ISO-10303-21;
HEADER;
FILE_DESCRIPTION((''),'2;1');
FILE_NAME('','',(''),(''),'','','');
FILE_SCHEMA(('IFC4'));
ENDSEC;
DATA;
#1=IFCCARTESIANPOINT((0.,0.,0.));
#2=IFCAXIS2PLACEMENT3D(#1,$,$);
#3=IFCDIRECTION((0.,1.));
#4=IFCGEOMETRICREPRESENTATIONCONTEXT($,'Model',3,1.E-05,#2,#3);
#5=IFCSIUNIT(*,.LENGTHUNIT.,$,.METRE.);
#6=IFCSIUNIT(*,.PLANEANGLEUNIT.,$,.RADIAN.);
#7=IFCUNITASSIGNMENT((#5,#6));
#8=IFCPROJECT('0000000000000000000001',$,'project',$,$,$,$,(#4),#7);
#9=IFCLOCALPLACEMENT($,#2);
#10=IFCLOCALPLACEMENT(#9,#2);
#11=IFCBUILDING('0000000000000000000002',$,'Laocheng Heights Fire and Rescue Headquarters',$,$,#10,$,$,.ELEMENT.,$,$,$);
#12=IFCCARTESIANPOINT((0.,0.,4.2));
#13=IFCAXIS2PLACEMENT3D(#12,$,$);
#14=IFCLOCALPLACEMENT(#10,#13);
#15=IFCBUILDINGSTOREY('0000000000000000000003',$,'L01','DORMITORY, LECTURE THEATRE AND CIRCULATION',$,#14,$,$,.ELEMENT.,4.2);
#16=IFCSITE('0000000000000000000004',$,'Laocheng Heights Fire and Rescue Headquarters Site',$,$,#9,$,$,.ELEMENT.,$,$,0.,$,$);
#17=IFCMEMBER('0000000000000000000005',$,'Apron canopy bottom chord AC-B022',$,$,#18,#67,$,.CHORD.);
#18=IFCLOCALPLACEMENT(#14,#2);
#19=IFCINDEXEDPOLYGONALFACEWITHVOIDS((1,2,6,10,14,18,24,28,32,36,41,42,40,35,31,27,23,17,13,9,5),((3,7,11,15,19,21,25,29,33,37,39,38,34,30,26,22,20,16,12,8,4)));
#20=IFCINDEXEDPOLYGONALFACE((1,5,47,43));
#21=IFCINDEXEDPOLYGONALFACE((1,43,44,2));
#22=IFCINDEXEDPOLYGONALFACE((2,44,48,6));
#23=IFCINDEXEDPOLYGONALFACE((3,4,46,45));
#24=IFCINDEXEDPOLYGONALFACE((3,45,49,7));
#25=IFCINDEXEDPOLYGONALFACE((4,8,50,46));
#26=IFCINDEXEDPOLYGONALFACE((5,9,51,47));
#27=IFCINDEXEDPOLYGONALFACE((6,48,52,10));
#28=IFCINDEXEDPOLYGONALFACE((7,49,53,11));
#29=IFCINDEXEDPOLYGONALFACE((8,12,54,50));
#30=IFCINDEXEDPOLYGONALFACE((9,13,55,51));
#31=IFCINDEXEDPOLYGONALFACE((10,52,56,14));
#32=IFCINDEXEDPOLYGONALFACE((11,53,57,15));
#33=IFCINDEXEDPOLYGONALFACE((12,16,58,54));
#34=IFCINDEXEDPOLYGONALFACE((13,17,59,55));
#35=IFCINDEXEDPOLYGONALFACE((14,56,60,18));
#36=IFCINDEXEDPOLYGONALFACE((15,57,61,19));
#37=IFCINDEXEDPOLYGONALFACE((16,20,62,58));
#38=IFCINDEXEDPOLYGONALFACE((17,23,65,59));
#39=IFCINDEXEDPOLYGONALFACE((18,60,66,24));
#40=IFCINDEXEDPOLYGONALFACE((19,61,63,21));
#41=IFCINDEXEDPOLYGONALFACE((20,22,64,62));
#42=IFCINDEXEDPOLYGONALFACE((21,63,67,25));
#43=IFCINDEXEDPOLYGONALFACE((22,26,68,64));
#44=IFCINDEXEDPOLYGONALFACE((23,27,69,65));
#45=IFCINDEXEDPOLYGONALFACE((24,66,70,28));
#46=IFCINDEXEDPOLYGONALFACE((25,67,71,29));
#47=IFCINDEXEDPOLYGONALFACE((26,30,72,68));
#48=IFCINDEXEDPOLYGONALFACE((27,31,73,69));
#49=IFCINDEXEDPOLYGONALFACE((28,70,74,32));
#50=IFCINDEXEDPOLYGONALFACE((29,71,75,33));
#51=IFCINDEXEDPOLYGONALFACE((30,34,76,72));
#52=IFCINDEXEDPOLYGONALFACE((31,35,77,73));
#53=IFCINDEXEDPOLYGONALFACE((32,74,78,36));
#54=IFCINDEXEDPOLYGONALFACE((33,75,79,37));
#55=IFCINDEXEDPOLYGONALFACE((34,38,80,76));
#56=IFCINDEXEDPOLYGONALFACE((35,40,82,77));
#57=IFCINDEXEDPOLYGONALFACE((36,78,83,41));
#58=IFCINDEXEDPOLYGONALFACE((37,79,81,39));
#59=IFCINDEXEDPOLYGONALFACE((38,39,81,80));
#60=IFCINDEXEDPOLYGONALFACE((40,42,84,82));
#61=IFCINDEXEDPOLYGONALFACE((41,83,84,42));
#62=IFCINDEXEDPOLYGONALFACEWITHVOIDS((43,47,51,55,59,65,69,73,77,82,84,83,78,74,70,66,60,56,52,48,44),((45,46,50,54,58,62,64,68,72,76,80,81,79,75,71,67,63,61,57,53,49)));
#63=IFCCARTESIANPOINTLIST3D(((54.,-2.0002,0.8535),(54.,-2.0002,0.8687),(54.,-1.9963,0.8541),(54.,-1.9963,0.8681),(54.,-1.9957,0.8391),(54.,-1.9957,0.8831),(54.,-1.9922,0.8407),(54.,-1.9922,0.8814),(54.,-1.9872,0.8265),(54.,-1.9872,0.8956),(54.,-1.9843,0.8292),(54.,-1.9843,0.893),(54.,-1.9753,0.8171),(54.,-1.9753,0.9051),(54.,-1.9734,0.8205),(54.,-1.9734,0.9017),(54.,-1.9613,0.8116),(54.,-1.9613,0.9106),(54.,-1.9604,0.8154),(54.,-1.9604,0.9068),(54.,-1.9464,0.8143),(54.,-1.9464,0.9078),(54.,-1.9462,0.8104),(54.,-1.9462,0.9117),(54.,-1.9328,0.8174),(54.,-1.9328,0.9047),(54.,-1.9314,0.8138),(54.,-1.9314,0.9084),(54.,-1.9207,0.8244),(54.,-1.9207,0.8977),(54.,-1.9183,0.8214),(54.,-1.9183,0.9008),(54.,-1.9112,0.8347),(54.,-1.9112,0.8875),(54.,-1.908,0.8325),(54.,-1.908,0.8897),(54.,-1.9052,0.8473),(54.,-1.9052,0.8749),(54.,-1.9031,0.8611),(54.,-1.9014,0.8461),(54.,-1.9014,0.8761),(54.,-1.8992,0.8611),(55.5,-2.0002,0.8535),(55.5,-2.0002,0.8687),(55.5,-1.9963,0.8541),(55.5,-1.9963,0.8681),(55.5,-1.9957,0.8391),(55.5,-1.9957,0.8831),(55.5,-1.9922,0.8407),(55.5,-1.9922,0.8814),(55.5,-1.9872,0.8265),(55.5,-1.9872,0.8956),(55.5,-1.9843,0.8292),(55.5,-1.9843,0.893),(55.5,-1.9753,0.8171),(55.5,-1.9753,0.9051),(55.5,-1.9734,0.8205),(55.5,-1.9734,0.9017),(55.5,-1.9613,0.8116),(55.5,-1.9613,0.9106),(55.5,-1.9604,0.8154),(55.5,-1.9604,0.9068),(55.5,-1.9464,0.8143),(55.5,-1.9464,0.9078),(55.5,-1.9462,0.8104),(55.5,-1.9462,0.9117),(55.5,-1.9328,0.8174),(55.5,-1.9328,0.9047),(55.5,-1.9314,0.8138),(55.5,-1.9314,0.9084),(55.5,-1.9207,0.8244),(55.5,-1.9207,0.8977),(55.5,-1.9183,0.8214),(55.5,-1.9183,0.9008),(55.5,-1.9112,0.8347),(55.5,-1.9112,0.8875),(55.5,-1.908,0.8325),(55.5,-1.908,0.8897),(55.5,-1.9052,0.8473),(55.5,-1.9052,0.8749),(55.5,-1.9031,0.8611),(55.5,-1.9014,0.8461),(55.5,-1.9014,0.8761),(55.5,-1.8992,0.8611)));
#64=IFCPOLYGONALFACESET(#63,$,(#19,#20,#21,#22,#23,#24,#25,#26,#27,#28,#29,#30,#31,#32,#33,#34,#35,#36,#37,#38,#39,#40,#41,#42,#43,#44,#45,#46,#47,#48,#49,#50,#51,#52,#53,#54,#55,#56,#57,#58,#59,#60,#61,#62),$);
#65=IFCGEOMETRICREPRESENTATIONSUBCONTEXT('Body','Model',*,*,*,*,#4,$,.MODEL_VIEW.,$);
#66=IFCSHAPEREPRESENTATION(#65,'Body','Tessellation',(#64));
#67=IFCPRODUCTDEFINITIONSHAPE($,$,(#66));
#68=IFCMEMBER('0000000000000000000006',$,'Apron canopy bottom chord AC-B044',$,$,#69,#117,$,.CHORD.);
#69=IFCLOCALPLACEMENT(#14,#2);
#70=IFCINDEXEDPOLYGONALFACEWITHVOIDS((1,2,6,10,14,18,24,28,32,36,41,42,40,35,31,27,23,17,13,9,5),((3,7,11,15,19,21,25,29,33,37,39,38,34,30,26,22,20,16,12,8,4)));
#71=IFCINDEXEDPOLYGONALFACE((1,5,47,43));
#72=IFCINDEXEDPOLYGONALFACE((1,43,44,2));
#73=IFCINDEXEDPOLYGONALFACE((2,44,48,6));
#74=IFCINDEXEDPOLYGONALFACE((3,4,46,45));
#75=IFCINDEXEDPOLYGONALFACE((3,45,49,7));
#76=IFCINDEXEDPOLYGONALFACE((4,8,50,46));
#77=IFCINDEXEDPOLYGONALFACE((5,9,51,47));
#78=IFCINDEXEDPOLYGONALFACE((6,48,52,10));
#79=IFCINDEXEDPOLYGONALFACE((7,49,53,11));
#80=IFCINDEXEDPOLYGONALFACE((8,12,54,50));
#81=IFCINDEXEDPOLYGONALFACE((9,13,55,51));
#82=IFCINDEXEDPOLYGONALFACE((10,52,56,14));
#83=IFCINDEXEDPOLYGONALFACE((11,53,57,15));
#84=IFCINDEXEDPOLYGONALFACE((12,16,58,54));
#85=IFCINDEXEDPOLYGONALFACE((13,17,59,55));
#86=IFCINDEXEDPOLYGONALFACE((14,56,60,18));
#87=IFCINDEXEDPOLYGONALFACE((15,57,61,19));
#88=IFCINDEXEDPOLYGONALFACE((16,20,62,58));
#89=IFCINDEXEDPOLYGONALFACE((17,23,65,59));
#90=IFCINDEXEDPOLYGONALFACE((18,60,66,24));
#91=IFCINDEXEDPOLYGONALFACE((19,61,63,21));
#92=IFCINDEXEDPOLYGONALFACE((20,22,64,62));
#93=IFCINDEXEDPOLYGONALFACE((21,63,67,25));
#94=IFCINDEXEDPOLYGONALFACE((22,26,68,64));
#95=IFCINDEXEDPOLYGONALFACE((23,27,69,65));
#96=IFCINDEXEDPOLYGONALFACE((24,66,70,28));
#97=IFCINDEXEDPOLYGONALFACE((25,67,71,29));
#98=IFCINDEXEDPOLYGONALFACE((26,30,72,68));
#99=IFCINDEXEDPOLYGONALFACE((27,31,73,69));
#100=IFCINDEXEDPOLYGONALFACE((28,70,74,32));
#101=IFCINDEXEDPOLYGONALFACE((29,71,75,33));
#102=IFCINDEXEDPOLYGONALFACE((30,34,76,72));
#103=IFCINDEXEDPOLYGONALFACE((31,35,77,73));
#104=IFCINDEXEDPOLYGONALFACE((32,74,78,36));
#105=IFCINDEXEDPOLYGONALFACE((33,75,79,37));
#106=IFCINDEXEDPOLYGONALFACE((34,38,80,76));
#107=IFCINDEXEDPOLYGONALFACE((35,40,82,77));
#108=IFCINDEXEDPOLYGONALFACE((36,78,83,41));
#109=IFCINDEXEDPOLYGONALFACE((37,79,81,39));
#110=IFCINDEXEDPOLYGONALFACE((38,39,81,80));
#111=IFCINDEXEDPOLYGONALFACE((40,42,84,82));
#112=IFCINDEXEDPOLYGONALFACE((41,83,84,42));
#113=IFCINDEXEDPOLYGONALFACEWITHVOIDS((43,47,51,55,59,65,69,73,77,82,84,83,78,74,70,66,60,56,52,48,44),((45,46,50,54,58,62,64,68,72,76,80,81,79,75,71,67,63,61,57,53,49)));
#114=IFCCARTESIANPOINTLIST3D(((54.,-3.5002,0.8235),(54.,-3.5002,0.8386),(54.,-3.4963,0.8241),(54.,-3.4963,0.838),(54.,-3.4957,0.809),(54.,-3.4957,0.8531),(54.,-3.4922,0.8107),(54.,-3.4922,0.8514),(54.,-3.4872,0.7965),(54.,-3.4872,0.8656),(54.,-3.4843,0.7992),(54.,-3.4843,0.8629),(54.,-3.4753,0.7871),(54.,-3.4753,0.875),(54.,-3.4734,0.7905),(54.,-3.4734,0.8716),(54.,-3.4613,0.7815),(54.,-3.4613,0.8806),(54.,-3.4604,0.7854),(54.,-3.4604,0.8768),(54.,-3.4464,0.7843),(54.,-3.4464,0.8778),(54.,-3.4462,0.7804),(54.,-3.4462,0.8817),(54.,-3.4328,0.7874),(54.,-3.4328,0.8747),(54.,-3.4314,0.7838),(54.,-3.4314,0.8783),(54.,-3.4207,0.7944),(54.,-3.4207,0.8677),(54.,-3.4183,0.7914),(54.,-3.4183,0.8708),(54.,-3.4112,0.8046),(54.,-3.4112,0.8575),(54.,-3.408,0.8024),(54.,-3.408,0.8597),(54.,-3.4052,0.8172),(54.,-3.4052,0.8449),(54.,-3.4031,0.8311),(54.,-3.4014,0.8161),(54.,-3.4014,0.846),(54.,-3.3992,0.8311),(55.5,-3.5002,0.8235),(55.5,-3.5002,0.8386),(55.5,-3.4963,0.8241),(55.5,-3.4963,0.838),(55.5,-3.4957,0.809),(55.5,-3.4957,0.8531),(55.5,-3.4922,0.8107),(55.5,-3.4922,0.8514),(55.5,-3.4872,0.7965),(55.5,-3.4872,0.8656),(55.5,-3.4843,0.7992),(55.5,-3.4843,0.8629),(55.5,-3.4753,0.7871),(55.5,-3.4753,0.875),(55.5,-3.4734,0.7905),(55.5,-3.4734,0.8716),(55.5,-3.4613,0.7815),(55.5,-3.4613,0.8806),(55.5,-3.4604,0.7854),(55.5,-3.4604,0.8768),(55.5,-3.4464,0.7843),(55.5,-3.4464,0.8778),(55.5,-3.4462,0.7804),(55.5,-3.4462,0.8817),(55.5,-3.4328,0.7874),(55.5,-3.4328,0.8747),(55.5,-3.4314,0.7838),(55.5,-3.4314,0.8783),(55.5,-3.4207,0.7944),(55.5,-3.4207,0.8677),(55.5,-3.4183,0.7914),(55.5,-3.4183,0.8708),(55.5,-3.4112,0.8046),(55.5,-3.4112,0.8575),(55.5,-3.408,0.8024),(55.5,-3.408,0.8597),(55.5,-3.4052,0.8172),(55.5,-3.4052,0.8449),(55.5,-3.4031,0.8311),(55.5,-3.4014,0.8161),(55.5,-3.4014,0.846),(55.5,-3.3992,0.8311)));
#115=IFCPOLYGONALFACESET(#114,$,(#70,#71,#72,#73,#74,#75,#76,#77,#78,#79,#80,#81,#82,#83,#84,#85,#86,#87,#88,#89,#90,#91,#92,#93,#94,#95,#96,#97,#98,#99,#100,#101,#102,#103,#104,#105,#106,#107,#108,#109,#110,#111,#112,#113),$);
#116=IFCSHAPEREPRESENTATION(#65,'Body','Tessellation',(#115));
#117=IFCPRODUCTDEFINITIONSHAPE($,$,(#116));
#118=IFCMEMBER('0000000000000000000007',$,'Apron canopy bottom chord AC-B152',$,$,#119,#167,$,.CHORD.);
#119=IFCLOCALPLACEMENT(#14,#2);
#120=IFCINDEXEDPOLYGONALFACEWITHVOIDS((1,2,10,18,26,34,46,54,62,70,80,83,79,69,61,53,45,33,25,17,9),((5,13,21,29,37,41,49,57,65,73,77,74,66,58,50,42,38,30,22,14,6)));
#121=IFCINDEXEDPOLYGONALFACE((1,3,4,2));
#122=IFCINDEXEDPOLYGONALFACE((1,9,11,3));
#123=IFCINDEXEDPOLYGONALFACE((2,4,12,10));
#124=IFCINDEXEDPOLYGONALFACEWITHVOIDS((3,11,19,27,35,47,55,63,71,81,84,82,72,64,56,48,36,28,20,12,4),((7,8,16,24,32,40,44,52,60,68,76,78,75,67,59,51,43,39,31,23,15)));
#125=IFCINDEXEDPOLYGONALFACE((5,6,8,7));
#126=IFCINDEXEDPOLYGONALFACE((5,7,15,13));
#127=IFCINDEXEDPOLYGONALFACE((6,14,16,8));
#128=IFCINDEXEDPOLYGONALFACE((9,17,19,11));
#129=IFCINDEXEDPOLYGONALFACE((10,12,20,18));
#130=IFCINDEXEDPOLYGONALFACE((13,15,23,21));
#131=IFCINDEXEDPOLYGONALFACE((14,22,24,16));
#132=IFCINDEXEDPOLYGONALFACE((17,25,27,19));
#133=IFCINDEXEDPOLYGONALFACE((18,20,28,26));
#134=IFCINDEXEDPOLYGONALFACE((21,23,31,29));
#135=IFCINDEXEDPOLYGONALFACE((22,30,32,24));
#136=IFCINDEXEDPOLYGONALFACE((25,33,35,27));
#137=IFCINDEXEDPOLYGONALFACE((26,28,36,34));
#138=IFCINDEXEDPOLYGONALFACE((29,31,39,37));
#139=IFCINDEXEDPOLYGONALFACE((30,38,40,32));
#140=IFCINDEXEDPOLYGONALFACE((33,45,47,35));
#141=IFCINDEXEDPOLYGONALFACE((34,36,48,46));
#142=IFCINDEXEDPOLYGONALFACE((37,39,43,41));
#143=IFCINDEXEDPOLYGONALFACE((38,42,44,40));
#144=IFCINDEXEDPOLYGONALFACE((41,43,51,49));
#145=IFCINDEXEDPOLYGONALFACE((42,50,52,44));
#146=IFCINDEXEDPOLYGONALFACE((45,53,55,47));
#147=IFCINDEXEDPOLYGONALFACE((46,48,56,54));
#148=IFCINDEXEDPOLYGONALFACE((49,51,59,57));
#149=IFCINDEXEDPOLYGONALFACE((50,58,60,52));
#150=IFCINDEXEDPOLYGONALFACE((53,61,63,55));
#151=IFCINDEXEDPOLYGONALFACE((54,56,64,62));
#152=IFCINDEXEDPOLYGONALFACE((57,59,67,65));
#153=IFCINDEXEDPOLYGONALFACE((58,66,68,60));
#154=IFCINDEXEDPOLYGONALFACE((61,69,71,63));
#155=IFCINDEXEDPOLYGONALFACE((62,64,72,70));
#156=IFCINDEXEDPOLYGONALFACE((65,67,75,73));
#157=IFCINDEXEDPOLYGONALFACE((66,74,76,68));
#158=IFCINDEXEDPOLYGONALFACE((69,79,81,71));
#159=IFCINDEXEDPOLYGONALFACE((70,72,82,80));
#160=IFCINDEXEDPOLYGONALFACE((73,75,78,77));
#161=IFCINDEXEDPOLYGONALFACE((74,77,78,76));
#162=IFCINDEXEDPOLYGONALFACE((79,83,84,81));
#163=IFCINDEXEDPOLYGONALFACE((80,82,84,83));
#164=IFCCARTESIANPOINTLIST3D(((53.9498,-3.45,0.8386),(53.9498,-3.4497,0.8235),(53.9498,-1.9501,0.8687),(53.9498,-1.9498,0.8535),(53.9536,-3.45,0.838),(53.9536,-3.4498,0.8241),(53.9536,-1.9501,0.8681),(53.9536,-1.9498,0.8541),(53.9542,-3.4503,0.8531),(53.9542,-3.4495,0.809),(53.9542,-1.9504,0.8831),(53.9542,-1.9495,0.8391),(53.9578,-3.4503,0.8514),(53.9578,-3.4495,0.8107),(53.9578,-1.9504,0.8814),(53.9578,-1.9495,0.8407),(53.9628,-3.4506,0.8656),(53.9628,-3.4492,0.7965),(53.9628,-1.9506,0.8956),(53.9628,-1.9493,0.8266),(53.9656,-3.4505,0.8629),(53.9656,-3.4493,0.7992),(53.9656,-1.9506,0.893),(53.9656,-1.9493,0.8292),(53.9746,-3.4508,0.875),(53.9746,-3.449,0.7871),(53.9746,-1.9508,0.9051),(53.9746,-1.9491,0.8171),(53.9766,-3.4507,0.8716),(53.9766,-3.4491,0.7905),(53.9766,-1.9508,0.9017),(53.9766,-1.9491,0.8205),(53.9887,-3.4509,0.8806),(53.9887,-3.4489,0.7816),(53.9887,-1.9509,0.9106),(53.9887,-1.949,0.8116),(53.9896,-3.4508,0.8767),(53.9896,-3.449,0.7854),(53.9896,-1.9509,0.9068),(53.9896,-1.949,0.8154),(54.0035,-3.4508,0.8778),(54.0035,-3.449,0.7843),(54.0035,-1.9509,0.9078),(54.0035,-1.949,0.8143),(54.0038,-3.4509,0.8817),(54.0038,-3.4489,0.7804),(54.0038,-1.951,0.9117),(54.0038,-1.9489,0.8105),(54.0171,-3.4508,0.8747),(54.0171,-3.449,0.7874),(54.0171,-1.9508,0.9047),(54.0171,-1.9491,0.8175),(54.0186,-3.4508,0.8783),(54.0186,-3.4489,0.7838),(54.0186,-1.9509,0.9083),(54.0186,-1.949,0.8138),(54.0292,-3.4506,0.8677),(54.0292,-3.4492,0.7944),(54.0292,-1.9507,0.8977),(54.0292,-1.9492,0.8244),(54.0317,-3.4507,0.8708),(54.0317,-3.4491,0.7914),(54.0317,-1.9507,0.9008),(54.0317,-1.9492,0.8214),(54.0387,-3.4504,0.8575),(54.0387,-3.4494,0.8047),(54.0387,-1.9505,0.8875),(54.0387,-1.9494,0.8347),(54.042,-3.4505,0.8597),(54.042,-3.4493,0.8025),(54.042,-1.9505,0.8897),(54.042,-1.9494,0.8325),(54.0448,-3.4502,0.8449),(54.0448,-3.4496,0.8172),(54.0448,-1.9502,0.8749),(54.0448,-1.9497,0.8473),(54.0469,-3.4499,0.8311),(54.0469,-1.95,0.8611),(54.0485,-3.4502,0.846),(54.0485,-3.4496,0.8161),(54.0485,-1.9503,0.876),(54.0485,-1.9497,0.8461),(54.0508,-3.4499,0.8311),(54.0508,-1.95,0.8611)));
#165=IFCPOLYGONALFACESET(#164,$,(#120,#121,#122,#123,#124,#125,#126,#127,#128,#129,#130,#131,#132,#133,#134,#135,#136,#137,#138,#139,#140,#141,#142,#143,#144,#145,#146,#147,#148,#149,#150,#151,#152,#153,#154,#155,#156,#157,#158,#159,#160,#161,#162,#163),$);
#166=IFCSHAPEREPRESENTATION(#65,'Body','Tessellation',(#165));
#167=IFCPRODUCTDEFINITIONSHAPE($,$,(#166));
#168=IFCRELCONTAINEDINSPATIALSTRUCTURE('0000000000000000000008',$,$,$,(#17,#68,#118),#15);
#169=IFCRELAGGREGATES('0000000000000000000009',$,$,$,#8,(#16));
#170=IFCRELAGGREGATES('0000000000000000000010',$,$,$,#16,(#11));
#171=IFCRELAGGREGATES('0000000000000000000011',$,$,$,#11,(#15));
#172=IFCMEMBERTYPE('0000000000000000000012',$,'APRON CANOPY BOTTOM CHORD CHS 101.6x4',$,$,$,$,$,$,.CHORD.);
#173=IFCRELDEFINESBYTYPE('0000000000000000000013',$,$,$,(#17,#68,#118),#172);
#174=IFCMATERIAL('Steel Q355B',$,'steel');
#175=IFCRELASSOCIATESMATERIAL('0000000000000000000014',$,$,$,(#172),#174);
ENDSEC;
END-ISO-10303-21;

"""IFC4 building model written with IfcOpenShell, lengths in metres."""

from ifc_helpers import new_model, si_unit, direction, frame, origin, origin_2d, place, context, subcontext, project, spatial, hollow_circle, extrude, material, material_profile, profile_set, type_object, element, save


model = new_model("IFC4")

# Units and contexts
model_context = context("Model", 3, precision=1e-05, world=origin(), true_north=direction((0.0, 1.0)))
body_context = subcontext(model_context, "Body", "Model", "MODEL_VIEW")
ifc_project = project(units=[si_unit("LENGTHUNIT", "METRE"), si_unit("PLANEANGLEUNIT", "RADIAN")], contexts=[model_context])

# Site, building, storey
site_placement = place(None, origin())
site = spatial("IfcSite", under=ifc_project, at=site_placement, Name="Laocheng Heights Fire and Rescue Headquarters Site", CompositionType="ELEMENT", RefElevation=0.0)
building_placement = place(site_placement, origin())
building = spatial("IfcBuilding", under=site, at=building_placement, Name="Laocheng Heights Fire and Rescue Headquarters", CompositionType="ELEMENT")
storey_placement = place(building_placement, frame((0.0, 0.0, 4.2)))
storey = spatial("IfcBuildingStorey", under=building, at=storey_placement, Name="L01", Description="DORMITORY, LECTURE THEATRE AND CIRCULATION", CompositionType="ELEMENT", Elevation=4.2)

# Members
ifc_material_1 = material(Name="Steel Q355B", Category="steel")
ifc_material_profile_1 = material_profile(ifc_material_1, hollow_circle(Radius=0.0508, WallThickness=0.0039, at=origin_2d()), Name="CHS 101.6x4")
ifc_profile_set_1 = profile_set([ifc_material_profile_1], Name="Steel Q355B")
member_type_1 = type_object("IfcMemberType", Name="APRON CANOPY BOTTOM CHORD CHS 101.6x4", PredefinedType="CHORD", material=ifc_profile_set_1)
for number, where, z_axis, x_axis, name in (
    (1, (54.0, -1.95, 0.8611), (1.0, 0.0, 0.0), (0.0, 1.0, 0.0), "Apron canopy bottom chord AC-B022"),
    (2, (54.0, -3.45, 0.8311), (1.0, 0.0, 0.0), (0.0, 1.0, 0.0), "Apron canopy bottom chord AC-B044"),
):
    element("IfcMember", number, at=place(storey_placement, frame(where, z_axis=z_axis, x_axis=x_axis)), inside=storey, type_object=member_type_1, Name=name, PredefinedType="CHORD", context=body_context, shape_type="SweptSolid", body=[
        extrude(hollow_circle(Radius=0.0508, WallThickness=0.0039, at=origin_2d()), origin(), (0.0, 0.0, 1.0), 1.5),
    ])
for number, where, z_axis, x_axis, name in (
    (3, (54.0, -1.95, 0.8611), (0.0, -0.9998, -0.020016), (1.0, 0.0, 0.0), "Apron canopy bottom chord AC-B152"),
):
    element("IfcMember", number, at=place(storey_placement, frame(where, z_axis=z_axis, x_axis=x_axis)), inside=storey, type_object=member_type_1, Name=name, PredefinedType="CHORD", context=body_context, shape_type="SweptSolid", body=[
        extrude(hollow_circle(Radius=0.0508, WallThickness=0.0039, at=origin_2d()), origin(), (0.0, 0.0, 1.0), 1.5002),
    ])

save(model, "model.ifc")
